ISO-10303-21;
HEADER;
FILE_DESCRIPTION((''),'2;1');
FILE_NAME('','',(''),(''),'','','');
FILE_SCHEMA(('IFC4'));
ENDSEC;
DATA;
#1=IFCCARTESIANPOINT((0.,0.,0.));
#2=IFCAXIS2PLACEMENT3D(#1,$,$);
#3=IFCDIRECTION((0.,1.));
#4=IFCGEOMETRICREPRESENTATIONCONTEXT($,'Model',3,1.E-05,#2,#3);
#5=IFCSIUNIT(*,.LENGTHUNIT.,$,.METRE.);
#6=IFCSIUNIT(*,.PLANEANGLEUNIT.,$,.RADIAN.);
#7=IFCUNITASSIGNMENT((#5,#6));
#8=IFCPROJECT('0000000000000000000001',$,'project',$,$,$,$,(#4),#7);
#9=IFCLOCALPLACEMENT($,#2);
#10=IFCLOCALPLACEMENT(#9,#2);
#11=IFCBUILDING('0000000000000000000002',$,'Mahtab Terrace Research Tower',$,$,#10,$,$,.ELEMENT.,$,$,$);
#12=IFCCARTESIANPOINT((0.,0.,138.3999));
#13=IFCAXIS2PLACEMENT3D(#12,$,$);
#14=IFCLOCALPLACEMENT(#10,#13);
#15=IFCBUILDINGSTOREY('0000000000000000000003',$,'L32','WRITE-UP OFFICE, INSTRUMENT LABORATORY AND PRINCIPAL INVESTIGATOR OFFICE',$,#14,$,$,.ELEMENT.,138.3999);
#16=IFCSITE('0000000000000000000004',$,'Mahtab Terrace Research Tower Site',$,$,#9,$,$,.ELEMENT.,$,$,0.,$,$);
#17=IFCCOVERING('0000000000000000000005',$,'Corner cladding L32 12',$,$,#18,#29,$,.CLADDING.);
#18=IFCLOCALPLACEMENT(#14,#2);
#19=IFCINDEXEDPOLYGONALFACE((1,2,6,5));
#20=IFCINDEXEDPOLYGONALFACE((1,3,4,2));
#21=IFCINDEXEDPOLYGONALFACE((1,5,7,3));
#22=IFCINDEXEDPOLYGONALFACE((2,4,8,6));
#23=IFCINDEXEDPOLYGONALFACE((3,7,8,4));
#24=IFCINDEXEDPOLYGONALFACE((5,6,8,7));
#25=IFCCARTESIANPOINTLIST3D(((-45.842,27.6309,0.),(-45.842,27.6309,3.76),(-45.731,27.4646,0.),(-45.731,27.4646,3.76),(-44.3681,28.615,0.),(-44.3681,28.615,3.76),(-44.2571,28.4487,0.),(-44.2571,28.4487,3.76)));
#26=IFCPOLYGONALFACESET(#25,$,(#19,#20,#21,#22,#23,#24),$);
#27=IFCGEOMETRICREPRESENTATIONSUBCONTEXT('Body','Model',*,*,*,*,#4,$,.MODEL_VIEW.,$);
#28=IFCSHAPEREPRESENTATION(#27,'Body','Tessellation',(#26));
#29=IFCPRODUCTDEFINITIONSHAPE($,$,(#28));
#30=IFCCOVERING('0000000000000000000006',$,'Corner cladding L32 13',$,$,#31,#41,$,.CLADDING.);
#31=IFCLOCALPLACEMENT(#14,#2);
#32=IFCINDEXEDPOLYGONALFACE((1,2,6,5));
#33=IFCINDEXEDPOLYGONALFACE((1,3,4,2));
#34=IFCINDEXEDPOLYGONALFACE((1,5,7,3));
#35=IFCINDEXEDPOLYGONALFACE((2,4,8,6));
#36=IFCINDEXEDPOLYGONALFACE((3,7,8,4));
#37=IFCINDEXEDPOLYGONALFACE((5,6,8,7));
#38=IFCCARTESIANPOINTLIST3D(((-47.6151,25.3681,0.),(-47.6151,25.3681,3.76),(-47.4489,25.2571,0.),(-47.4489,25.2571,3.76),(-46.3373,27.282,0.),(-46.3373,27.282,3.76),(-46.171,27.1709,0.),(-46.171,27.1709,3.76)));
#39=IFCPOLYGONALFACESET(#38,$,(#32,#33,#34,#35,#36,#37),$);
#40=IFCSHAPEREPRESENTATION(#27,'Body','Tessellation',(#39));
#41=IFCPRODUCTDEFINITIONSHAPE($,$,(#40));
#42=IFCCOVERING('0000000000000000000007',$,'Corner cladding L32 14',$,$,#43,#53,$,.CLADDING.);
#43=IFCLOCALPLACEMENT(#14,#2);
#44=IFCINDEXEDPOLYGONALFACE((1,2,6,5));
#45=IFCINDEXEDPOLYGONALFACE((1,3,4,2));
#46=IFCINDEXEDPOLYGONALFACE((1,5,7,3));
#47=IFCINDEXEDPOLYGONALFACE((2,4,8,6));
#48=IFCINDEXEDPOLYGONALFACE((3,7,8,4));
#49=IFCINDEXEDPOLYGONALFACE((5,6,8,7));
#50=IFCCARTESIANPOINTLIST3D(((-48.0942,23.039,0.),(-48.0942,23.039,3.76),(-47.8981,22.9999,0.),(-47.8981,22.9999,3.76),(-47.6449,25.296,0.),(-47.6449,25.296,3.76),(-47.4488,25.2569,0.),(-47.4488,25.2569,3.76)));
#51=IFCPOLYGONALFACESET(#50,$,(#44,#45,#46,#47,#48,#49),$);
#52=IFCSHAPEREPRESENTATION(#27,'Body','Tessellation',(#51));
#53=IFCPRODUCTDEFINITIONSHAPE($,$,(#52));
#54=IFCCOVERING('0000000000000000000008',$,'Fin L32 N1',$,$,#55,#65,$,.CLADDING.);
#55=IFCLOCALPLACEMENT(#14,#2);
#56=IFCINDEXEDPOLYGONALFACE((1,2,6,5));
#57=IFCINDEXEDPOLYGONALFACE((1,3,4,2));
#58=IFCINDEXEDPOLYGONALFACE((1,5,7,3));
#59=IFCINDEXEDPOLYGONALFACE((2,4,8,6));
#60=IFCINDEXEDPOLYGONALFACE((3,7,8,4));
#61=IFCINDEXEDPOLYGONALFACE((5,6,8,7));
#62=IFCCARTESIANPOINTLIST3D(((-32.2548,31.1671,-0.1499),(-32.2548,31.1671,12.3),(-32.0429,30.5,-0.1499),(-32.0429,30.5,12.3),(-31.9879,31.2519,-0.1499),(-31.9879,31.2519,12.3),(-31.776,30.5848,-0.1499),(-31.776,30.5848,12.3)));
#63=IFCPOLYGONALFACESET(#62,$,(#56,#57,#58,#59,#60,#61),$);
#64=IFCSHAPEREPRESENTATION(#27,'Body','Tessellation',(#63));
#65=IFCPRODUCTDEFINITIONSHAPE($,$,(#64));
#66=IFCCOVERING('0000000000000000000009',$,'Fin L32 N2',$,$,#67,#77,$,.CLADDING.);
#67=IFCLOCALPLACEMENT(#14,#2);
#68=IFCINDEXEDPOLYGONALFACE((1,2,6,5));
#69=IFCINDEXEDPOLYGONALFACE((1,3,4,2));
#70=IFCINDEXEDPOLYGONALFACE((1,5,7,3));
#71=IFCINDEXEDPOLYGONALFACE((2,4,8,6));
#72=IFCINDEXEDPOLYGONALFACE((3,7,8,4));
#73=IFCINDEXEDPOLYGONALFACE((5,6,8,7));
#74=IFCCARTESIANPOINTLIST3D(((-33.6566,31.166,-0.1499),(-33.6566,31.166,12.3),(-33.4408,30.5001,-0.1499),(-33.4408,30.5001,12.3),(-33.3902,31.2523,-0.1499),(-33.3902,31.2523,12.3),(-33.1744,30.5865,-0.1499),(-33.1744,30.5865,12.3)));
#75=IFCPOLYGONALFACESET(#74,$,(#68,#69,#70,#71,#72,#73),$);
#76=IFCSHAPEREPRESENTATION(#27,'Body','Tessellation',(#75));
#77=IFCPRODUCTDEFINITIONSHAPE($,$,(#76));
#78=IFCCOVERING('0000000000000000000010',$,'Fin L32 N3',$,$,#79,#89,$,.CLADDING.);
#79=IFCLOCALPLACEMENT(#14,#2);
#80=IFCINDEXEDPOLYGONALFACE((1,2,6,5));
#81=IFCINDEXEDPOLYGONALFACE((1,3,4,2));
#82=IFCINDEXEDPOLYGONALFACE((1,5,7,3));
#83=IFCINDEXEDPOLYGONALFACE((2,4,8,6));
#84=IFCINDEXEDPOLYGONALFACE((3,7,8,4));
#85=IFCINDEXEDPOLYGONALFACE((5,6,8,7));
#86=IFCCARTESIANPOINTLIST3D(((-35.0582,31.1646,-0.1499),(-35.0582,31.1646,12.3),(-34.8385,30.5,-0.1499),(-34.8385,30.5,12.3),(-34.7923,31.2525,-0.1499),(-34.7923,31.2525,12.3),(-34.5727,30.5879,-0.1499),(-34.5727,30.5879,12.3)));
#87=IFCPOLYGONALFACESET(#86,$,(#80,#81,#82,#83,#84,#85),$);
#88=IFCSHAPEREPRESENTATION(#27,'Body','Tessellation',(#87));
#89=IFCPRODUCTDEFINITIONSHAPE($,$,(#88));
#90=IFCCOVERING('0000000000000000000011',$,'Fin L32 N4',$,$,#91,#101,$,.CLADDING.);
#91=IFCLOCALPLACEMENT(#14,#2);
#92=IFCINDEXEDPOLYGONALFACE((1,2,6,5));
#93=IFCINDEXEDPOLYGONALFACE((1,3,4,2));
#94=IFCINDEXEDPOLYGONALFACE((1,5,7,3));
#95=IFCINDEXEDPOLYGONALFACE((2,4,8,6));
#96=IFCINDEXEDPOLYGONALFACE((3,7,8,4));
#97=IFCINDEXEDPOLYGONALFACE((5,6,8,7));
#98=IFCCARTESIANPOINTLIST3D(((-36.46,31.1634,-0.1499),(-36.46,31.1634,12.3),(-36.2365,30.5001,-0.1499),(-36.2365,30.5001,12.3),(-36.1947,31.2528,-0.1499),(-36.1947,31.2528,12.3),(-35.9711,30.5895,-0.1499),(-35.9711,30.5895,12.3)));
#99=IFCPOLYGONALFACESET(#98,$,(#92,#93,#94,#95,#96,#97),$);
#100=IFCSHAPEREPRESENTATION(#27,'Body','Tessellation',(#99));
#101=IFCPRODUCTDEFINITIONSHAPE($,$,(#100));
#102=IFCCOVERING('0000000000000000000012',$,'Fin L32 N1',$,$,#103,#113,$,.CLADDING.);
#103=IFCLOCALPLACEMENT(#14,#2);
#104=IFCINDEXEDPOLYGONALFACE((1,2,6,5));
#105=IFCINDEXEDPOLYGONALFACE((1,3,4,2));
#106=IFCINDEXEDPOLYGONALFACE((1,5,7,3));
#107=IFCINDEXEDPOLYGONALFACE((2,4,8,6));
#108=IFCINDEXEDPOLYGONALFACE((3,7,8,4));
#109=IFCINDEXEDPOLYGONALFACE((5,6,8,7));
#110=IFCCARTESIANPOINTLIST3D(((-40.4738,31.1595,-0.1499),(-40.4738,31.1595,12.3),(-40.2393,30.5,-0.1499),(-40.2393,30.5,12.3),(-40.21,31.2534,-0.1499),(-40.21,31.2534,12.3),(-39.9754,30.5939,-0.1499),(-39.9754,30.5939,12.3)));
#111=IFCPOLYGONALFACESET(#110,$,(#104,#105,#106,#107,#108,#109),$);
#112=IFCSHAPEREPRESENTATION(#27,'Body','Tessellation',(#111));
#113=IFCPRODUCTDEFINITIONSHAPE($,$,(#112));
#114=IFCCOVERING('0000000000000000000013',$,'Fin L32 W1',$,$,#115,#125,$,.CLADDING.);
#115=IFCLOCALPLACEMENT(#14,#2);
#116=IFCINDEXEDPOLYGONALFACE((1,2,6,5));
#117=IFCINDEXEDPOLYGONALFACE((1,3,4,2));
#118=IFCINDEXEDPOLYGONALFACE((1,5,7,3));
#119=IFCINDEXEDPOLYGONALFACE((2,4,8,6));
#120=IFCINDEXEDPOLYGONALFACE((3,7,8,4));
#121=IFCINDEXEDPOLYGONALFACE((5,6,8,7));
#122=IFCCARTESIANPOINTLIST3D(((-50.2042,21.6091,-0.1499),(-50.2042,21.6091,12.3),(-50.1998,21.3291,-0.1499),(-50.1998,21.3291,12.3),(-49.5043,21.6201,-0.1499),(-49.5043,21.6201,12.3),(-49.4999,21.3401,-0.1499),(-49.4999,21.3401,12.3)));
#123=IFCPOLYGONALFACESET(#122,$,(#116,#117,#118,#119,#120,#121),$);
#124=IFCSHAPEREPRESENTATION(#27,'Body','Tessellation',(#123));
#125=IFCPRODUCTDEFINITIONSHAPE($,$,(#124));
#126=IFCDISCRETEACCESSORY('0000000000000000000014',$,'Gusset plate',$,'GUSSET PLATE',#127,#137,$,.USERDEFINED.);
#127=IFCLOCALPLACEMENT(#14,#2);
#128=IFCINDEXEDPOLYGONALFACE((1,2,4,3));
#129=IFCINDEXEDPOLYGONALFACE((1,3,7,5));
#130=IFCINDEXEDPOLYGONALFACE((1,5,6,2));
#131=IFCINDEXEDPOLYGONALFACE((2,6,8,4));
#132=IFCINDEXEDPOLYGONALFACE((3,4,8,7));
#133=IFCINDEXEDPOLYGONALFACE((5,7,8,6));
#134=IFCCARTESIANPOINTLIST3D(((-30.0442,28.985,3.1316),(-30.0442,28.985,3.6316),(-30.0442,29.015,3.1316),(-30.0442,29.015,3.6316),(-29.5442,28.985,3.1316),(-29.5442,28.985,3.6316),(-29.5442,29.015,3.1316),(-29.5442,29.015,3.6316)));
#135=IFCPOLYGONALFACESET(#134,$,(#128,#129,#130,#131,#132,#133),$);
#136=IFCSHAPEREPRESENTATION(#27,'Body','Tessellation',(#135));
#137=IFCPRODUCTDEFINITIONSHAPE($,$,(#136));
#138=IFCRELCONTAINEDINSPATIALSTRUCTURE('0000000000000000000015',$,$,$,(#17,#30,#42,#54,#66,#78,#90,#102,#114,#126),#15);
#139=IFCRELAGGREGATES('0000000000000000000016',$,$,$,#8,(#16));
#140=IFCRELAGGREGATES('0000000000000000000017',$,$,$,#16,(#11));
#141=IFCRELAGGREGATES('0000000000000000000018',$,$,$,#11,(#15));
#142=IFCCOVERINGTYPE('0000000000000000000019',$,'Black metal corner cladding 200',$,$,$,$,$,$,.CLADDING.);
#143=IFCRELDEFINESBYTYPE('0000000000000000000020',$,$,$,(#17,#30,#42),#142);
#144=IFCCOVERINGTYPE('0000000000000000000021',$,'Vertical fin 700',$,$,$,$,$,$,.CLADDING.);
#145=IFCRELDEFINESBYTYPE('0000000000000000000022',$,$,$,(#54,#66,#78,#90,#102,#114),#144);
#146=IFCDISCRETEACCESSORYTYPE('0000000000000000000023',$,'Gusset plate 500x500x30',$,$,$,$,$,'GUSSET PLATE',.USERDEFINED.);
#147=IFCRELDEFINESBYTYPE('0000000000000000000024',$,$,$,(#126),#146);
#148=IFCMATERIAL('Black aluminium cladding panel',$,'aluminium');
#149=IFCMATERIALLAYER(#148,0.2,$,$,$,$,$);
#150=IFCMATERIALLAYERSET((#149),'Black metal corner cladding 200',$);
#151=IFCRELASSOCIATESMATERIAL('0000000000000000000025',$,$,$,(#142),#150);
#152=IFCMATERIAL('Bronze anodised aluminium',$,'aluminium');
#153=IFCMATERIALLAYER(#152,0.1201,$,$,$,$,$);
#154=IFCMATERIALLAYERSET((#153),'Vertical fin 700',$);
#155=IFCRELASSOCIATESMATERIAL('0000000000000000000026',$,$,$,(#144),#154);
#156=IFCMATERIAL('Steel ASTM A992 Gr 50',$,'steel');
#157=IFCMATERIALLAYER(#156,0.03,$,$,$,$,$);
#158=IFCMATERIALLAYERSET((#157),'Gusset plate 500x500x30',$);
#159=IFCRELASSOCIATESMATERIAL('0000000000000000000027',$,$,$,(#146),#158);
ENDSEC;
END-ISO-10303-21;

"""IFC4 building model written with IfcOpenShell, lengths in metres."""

from ifc_helpers import new_model, si_unit, direction, frame, origin, origin_2d, place, context, subcontext, project, spatial, rectangle, extrude, material, layer, layer_set, type_object, element, save


model = new_model("IFC4")

# Units and contexts
model_context = context("Model", 3, precision=1e-05, world=origin(), true_north=direction((0.0, 1.0)))
body_context = subcontext(model_context, "Body", "Model", "MODEL_VIEW")
ifc_project = project(units=[si_unit("LENGTHUNIT", "METRE"), si_unit("PLANEANGLEUNIT", "RADIAN")], contexts=[model_context])

# Site, building, storey
site_placement = place(None, origin())
site = spatial("IfcSite", under=ifc_project, at=site_placement, Name="Mahtab Terrace Research Tower Site", CompositionType="ELEMENT", RefElevation=0.0)
building_placement = place(site_placement, origin())
building = spatial("IfcBuilding", under=site, at=building_placement, Name="Mahtab Terrace Research Tower", CompositionType="ELEMENT")
storey_placement = place(building_placement, frame((0.0, 0.0, 138.3999)))
storey = spatial("IfcBuildingStorey", under=building, at=storey_placement, Name="L32", Description="WRITE-UP OFFICE, INSTRUMENT LABORATORY AND PRINCIPAL INVESTIGATOR OFFICE", CompositionType="ELEMENT", Elevation=138.3999)

# Shared definitions
ifc_material_1 = material(Name="Steel ASTM A992 Gr 50", Category="steel")

# Coverings
ifc_material_2 = material(Name="Black aluminium cladding panel", Category="aluminium")
ifc_layer_1 = layer(ifc_material_2, 0.2)
ifc_layer_set_1 = layer_set([ifc_layer_1], Name="Black metal corner cladding 200")
covering_type_1 = type_object("IfcCoveringType", Name="Black metal corner cladding 200", PredefinedType="CLADDING", material=ifc_layer_set_1)
covering_1_placement = place(storey_placement, frame((-45.0496, 28.0398, 0.0), z_axis=(0.0, 0.0, 1.0), x_axis=(-0.831656, -0.555291, 0.0)))
element("IfcCovering", 1, at=covering_1_placement, inside=storey, type_object=covering_type_1, Name="Corner cladding L32 12", PredefinedType="CLADDING", context=body_context, shape_type="SweptSolid", body=[
    extrude(rectangle(XDim=1.7722, YDim=0.2, at=origin_2d()), origin(), (0.0, 0.0, 1.0), 3.76),
])
for number, where, z_axis, x_axis, name in (
    (2, (-46.8931, 26.2695, 0.0), (0.0, 0.0, 1.0), (-0.555291, -0.831656, 0.0), "Corner cladding L32 13"),
    (3, (-47.7715, 24.1479, 0.0), (0.0, 0.0, 1.0), (-0.195212, -0.980761, 0.0), "Corner cladding L32 14"),
):
    element("IfcCovering", number, at=place(storey_placement, frame(where, z_axis=z_axis, x_axis=x_axis)), inside=storey, type_object=covering_type_1, Name=name, PredefinedType="CLADDING", context=body_context, shape_type="SweptSolid", body=[
        extrude(rectangle(XDim=2.3013, YDim=0.2, at=origin_2d()), origin(), (0.0, 0.0, 1.0), 3.76),
    ])
ifc_material_3 = material(Name="Bronze anodised aluminium", Category="aluminium")
ifc_layer_2 = layer(ifc_material_3, 0.1201)
ifc_layer_set_2 = layer_set([ifc_layer_2], Name="Vertical fin 700")
covering_type_2 = type_object("IfcCoveringType", Name="Vertical fin 700", PredefinedType="CLADDING", material=ifc_layer_set_2)
for number, where, z_axis, x_axis, name in (
    (4, (-32.0154, 30.876, -0.1499), (0.0, 0.0, 1.0), (-0.953071, -0.302748, 0.0), "Fin L32 N1"),
    (5, (-33.4155, 30.8762, -0.1499), (0.0, 0.0, 1.0), (-0.951293, -0.308288, 0.0), "Fin L32 N2"),
    (6, (-34.8154, 30.8762, -0.1499), (0.0, 0.0, 1.0), (-0.949484, -0.313817, 0.0), "Fin L32 N3"),
    (7, (-36.2156, 30.8765, -0.1499), (0.0, 0.0, 1.0), (-0.947642, -0.319335, 0.0), "Fin L32 N4"),
    (8, (-40.2246, 30.8767, -0.1499), (0.0, 0.0, 1.0), (-0.942191, -0.335078, 0.0), "Fin L32 N1"),
    (9, (-49.8521, 21.4746, -0.1499), (0.0, 0.0, 1.0), (0.015661, -0.999877, 0.0), "Fin L32 W1"),
):
    element("IfcCovering", number, at=place(storey_placement, frame(where, z_axis=z_axis, x_axis=x_axis)), inside=storey, type_object=covering_type_2, Name=name, PredefinedType="CLADDING", context=body_context, shape_type="SweptSolid", body=[
        extrude(rectangle(XDim=0.28, YDim=0.7, at=origin_2d()), origin(), (0.0, 0.0, 1.0), 12.45),
    ])

# Discrete accessory
ifc_layer_3 = layer(ifc_material_1, 0.03)
ifc_layer_set_3 = layer_set([ifc_layer_3], Name="Gusset plate 500x500x30")
discrete_accessory_type = type_object("IfcDiscreteAccessoryType", Name="Gusset plate 500x500x30", ElementType="GUSSET PLATE", PredefinedType="USERDEFINED", material=ifc_layer_set_3)
discrete_accessory_placement = place(storey_placement, frame((-29.7942, 29.0, 3.1316), z_axis=(0.0, 0.0, 1.0), x_axis=(1.0, 0.0, 0.0)))
element("IfcDiscreteAccessory", 10, at=discrete_accessory_placement, inside=storey, type_object=discrete_accessory_type, Name="Gusset plate", ObjectType="GUSSET PLATE", PredefinedType="USERDEFINED", context=body_context, shape_type="SweptSolid", body=[
    extrude(rectangle(XDim=0.5, YDim=0.03, at=origin_2d()), origin(), (0.0, 0.0, 1.0), 0.5),
])

save(model, "model.ifc")
